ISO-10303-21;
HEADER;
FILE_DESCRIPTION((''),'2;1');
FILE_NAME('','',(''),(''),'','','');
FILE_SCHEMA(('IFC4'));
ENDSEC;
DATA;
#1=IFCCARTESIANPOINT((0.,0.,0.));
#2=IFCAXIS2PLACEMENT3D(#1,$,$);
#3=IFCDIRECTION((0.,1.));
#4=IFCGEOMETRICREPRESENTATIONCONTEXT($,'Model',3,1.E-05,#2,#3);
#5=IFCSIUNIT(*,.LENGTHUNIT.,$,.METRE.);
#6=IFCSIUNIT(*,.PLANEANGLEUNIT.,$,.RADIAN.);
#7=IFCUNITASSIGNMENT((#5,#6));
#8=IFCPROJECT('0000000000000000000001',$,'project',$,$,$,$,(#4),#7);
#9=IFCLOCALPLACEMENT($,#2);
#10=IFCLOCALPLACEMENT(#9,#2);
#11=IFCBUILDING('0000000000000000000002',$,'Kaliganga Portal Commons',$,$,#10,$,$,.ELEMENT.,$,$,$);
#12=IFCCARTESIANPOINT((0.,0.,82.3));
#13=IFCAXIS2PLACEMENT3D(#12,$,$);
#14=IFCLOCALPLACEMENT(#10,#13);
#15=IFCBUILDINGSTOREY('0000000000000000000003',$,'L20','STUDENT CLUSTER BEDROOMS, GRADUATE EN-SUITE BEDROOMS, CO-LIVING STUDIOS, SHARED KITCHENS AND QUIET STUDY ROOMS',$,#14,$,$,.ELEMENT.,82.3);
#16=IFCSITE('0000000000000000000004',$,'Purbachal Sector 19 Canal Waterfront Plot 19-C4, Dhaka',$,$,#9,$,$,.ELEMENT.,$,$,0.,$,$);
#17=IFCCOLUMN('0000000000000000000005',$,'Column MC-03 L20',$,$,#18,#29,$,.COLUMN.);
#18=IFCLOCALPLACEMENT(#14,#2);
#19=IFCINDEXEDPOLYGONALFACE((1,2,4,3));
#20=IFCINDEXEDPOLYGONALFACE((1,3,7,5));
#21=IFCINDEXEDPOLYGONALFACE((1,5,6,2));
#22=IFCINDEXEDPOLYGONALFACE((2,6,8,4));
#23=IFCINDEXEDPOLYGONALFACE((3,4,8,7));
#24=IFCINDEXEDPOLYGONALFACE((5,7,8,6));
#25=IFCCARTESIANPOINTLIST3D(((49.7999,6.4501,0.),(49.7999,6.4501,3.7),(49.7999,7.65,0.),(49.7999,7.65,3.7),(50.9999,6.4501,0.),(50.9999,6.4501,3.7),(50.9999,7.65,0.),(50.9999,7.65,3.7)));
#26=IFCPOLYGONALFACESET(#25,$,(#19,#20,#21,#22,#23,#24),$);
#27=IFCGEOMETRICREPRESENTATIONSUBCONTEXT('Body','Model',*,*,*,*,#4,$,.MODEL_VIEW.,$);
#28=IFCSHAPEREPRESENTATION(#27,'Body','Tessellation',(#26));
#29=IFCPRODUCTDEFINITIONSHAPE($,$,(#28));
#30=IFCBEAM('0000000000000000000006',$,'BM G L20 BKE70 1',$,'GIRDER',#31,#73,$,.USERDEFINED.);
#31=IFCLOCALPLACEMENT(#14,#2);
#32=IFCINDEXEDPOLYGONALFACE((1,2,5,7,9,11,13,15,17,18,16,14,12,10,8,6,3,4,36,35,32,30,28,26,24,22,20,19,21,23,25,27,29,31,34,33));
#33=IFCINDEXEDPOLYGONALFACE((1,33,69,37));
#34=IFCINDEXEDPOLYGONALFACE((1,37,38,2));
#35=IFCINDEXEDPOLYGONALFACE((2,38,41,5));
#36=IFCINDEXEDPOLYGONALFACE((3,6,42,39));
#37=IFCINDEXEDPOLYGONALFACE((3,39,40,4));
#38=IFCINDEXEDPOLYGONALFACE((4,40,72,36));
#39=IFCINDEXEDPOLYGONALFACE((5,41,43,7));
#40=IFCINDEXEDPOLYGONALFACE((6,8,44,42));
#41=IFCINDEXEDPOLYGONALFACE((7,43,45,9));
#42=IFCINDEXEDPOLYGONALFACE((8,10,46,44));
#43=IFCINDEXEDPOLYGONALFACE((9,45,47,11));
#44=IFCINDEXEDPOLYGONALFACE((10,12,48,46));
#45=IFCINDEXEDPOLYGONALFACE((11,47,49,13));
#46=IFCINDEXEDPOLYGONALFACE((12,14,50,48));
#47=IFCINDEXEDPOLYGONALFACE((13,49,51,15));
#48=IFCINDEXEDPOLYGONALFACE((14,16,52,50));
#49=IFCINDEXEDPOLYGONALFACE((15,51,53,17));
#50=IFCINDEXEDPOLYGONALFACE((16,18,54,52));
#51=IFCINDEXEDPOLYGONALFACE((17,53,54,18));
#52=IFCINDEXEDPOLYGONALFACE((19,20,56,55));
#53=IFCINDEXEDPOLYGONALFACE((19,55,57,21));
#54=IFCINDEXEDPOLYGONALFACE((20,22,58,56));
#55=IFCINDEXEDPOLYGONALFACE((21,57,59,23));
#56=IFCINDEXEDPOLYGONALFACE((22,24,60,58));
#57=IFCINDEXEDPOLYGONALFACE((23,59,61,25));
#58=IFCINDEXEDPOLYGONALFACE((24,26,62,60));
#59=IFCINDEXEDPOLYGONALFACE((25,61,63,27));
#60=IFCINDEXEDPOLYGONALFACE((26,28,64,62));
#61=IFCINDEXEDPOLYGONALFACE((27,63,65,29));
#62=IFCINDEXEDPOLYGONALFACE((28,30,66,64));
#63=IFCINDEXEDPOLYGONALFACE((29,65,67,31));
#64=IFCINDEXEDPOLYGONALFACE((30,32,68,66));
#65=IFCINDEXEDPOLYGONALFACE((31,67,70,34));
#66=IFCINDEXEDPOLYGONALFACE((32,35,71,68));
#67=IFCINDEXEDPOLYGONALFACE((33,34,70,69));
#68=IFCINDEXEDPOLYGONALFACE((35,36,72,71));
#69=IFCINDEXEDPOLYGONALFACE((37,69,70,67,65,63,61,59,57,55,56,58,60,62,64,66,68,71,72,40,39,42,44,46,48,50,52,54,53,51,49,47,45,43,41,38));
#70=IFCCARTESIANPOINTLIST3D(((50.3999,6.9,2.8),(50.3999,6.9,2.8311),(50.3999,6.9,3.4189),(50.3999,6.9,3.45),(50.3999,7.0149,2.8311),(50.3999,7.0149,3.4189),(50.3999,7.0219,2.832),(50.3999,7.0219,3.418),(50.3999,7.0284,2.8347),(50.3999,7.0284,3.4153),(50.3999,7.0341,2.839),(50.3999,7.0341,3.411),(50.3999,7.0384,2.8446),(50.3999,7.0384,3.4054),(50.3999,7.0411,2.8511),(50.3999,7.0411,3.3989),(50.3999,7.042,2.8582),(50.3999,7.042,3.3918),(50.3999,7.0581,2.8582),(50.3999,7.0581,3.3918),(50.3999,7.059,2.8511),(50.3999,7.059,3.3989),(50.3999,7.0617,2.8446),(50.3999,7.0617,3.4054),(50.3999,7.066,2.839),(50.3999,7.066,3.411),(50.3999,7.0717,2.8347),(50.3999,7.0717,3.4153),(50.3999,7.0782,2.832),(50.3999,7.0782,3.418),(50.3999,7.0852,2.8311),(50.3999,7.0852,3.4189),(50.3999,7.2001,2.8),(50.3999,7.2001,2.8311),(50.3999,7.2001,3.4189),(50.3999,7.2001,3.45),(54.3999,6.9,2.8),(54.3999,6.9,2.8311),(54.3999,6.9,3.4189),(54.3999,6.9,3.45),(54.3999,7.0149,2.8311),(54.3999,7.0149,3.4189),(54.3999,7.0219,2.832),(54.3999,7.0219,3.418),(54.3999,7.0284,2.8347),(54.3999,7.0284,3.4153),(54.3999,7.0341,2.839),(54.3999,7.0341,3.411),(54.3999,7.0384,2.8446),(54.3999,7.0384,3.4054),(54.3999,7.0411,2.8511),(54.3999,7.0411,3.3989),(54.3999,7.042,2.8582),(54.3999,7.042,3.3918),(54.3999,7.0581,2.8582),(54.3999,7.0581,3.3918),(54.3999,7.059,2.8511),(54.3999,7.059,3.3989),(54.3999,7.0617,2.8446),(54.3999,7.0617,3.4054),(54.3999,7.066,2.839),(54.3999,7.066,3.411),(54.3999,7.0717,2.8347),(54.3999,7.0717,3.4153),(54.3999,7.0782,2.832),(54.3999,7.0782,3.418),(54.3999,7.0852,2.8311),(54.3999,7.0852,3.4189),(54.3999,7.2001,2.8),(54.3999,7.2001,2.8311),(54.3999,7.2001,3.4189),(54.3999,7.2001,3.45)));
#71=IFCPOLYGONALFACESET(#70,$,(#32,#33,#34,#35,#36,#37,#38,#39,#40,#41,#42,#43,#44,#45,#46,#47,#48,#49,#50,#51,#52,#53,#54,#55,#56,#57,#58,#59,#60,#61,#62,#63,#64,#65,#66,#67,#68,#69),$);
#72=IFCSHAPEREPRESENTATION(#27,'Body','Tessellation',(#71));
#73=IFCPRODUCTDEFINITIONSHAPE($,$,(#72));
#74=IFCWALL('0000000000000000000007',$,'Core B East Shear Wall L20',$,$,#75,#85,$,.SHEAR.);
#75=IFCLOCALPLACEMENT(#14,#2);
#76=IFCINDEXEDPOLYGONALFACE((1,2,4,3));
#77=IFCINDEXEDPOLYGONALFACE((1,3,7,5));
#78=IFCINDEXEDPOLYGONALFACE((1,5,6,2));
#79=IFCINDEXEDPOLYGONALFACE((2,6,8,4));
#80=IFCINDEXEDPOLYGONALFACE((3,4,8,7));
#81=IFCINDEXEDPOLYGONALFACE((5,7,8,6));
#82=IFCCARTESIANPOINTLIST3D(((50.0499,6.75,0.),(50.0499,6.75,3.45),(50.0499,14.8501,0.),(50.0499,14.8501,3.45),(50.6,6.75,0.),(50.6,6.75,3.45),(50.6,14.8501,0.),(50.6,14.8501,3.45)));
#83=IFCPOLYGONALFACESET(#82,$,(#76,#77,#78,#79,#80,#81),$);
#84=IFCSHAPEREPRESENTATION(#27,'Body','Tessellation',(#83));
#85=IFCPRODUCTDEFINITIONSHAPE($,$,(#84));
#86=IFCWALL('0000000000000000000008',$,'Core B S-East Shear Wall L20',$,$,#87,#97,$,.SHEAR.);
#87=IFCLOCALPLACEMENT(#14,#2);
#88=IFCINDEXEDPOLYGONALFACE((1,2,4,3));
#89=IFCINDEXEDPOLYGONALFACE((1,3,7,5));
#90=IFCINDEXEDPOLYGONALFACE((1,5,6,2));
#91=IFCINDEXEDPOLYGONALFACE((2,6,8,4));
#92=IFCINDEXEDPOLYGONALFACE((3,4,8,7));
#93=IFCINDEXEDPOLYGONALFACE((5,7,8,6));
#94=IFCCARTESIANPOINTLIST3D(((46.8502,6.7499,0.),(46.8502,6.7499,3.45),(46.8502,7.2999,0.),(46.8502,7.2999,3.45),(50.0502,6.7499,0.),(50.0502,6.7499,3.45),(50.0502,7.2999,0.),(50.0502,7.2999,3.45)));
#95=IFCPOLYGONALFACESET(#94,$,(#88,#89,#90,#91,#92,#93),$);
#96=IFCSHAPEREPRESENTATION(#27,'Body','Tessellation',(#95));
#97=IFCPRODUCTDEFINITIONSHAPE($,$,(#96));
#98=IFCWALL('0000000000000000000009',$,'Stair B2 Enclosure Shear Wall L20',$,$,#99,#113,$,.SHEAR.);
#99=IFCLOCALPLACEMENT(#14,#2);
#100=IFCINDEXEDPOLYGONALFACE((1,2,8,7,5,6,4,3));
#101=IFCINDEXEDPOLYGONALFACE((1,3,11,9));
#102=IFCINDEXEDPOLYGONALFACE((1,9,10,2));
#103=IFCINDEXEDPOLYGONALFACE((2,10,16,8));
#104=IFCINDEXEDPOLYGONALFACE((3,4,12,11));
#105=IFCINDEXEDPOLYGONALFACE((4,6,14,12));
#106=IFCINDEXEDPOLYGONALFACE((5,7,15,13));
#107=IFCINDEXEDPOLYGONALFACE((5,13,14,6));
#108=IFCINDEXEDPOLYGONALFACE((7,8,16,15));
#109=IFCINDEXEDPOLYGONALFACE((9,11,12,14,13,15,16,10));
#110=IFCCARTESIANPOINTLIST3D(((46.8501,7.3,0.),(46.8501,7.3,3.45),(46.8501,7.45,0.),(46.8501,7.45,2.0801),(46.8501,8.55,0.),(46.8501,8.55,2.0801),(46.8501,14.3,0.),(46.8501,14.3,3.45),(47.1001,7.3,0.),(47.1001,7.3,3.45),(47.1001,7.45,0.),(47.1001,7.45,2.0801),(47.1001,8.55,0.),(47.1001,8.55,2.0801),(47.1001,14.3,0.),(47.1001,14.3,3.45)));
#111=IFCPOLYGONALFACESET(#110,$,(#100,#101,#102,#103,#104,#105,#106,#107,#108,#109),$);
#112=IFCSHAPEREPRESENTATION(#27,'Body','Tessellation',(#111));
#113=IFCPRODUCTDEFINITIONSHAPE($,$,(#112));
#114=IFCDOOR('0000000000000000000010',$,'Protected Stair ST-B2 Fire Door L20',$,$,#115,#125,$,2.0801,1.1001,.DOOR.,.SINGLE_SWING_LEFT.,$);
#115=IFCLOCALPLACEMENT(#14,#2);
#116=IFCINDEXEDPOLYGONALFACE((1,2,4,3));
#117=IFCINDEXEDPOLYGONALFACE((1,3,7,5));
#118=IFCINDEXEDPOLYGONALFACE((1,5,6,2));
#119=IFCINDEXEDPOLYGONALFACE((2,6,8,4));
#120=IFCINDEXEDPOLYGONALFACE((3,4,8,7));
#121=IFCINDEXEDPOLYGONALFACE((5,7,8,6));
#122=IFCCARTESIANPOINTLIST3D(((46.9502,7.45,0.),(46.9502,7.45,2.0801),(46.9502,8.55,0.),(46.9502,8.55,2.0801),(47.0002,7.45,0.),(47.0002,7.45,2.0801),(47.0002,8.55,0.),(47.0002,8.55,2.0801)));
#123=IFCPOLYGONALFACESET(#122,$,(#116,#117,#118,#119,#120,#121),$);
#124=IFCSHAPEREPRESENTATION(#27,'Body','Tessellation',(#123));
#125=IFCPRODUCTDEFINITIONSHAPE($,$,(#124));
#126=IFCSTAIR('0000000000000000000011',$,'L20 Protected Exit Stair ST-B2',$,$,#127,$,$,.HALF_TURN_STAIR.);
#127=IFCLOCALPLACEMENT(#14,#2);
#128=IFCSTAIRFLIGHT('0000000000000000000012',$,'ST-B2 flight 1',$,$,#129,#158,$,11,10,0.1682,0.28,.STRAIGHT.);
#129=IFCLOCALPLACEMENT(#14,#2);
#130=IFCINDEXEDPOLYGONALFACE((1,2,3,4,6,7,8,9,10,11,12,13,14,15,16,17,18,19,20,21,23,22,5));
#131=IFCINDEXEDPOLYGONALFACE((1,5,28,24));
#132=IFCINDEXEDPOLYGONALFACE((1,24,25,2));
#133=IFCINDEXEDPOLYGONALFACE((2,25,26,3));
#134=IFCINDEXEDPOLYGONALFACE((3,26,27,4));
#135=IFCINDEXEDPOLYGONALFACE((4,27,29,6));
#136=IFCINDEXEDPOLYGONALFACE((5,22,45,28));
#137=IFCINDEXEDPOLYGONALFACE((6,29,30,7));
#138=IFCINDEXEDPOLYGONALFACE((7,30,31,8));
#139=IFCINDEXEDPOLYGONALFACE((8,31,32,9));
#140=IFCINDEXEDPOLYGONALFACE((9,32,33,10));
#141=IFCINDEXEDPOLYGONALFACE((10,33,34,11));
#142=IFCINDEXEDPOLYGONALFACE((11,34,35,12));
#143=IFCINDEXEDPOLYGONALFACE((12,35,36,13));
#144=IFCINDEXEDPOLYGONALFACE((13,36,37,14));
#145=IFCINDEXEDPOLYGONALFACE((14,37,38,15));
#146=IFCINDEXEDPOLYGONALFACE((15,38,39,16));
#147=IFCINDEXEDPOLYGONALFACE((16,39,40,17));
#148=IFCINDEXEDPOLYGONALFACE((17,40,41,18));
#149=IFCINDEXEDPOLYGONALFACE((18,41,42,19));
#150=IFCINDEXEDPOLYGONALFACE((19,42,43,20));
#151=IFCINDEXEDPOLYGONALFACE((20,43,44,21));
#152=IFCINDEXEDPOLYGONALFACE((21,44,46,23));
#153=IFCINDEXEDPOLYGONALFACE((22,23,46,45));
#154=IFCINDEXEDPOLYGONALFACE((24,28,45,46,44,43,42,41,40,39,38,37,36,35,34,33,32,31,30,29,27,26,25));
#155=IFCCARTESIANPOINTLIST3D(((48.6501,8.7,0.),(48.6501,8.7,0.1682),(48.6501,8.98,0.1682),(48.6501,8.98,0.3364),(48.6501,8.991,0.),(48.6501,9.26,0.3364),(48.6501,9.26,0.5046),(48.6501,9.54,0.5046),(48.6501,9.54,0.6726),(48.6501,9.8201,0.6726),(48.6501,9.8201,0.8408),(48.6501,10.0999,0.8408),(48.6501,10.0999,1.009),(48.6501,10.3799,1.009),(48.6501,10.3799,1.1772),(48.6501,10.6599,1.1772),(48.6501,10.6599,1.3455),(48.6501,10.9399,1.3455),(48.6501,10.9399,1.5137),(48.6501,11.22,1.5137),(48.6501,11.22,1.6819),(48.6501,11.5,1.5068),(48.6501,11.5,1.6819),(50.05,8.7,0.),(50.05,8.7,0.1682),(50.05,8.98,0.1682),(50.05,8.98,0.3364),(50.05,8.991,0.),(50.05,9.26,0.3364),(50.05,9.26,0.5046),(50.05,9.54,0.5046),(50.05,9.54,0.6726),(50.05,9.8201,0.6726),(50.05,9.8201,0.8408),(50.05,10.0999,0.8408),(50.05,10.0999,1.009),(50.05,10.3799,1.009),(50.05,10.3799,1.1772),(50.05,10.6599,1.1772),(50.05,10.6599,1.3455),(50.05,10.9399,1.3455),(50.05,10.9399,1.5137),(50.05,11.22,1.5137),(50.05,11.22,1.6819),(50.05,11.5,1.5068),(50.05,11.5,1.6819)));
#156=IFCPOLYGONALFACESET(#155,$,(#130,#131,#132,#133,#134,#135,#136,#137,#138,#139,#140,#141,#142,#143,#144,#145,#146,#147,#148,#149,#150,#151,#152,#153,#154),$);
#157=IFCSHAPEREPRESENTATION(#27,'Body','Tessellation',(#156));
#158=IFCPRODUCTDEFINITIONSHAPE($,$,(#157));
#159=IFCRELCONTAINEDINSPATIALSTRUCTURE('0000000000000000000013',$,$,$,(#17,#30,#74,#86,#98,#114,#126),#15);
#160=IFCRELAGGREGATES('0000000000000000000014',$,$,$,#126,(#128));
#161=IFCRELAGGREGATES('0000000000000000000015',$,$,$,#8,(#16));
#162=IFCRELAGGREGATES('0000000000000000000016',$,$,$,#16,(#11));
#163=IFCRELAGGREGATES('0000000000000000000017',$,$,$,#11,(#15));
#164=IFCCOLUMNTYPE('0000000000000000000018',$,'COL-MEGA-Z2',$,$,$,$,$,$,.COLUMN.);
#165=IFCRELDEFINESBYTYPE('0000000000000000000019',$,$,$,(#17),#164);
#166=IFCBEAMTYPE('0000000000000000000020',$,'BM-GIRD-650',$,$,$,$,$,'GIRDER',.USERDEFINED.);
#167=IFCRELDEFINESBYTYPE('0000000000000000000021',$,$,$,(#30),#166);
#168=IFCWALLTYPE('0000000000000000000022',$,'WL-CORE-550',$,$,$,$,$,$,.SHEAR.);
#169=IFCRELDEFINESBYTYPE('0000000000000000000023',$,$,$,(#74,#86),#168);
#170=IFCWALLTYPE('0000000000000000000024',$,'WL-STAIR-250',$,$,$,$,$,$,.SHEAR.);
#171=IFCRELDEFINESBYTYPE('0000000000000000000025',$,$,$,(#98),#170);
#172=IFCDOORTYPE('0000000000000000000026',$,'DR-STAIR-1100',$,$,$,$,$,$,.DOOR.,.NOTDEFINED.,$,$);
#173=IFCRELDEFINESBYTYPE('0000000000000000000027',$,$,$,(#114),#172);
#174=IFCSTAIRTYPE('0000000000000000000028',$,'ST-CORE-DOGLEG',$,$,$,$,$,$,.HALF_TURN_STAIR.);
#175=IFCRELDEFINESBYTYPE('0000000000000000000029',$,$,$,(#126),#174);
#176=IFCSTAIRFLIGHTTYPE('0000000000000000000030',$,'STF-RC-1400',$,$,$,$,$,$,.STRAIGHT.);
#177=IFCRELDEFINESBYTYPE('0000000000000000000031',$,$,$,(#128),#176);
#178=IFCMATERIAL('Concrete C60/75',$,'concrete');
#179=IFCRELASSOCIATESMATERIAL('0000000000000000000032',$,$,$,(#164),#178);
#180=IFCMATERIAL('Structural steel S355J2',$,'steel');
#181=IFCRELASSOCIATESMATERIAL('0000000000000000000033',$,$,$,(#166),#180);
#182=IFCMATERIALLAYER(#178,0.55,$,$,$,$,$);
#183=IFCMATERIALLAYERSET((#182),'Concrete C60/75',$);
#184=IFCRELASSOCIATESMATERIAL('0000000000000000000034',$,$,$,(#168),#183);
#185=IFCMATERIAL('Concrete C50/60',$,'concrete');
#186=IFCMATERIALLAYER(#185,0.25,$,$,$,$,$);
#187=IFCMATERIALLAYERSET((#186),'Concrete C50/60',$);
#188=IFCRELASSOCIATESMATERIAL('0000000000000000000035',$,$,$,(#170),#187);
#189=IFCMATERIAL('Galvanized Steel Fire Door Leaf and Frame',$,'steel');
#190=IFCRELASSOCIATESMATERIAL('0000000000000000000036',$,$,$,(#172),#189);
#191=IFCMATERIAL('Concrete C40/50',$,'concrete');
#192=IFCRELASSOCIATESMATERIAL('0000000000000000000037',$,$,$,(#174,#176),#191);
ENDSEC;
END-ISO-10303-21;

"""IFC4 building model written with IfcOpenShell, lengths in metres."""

from ifc_helpers import new_model, si_unit, direction, frame, frame_2d, origin, origin_2d, place, context, subcontext, project, spatial, polyline, rectangle, i_section, outline, extrude, source, transform, mapped, material, layer, layer_set, material_profile, profile_set, type_object, element, fill, aggregate, save


model = new_model("IFC4")

# Units and contexts
model_context = context("Model", 3, precision=1e-05, world=origin(), true_north=direction((0.0, 1.0)))
body_context = subcontext(model_context, "Body", "Model", "MODEL_VIEW")
ifc_project = project(units=[si_unit("LENGTHUNIT", "METRE"), si_unit("PLANEANGLEUNIT", "RADIAN")], contexts=[model_context])

# Site, building, storey
site_placement = place(None, origin())
site = spatial("IfcSite", under=ifc_project, at=site_placement, Name="Purbachal Sector 19 Canal Waterfront Plot 19-C4, Dhaka", CompositionType="ELEMENT", RefElevation=0.0)
building_placement = place(site_placement, origin())
building = spatial("IfcBuilding", under=site, at=building_placement, Name="Kaliganga Portal Commons", CompositionType="ELEMENT")
storey_placement = place(building_placement, frame((0.0, 0.0, 82.3)))
storey = spatial("IfcBuildingStorey", under=building, at=storey_placement, Name="L20", Description="STUDENT CLUSTER BEDROOMS, GRADUATE EN-SUITE BEDROOMS, CO-LIVING STUDIOS, SHARED KITCHENS AND QUIET STUDY ROOMS", CompositionType="ELEMENT", Elevation=82.3)

# Column
ifc_material_1 = material(Name="Concrete C60/75", Category="concrete")
ifc_material_profile_1 = material_profile(ifc_material_1, rectangle(XDim=1.2, YDim=1.2, at=origin_2d()), Name="RC 1200x1200")
ifc_profile_set_1 = profile_set([ifc_material_profile_1], Name="Concrete C60/75")
column_type = type_object("IfcColumnType", Name="COL-MEGA-Z2", PredefinedType="COLUMN", material=ifc_profile_set_1)
shared_shape_1 = source(origin(), body_context, "Body", "SweptSolid", [
    extrude(rectangle(XDim=1.2, YDim=1.2, at=origin_2d()), origin(), (0.0, 0.0, 1.0), 3.7),
])
column_placement = place(storey_placement, frame((50.3999, 7.05, 0.0), z_axis=(0.0, 0.0, 1.0), x_axis=(1.0, 0.0, 0.0)))
element("IfcColumn", 1, at=column_placement, inside=storey, type_object=column_type, Name="Column MC-03 L20", PredefinedType="COLUMN", context=body_context, shape_type="MappedRepresentation", body=[
    mapped(shared_shape_1, transform((0.0, 0.0, 0.0), x_axis=(1.0, 0.0, 0.0), y_axis=(0.0, 1.0, 0.0), z_axis=(0.0, 0.0, 1.0), scale=1.0)),
])

# Beam
ifc_material_2 = material(Name="Structural steel S355J2", Category="steel")
ifc_material_profile_2 = material_profile(ifc_material_2, i_section(OverallWidth=0.3, OverallDepth=0.6499, WebThickness=0.0161, FlangeThickness=0.031, FilletRadius=0.0271, at=origin_2d()), Name="HE 650 B")
ifc_profile_set_2 = profile_set([ifc_material_profile_2], Name="Structural steel S355J2 wide-flange")
beam_type = type_object("IfcBeamType", Name="BM-GIRD-650", ElementType="GIRDER", PredefinedType="USERDEFINED", material=ifc_profile_set_2)
shared_shape_2 = source(origin(), body_context, "Body", "SweptSolid", [
    extrude(i_section(OverallWidth=0.3, OverallDepth=0.6499, WebThickness=0.0161, FlangeThickness=0.031, FilletRadius=0.0271, at=origin_2d()), origin(), (0.0, 0.0, 1.0), 4.0),
])
beam_placement = place(storey_placement, frame((50.3999, 7.05, 3.125), z_axis=(1.0, 0.0, 0.0), x_axis=(0.0, 1.0, 0.0)))
element("IfcBeam", 2, at=beam_placement, inside=storey, type_object=beam_type, Name="BM G L20 BKE70 1", ObjectType="GIRDER", PredefinedType="USERDEFINED", context=body_context, shape_type="MappedRepresentation", body=[
    mapped(shared_shape_2, transform((0.0, 0.0, 0.0), x_axis=(1.0, 0.0, 0.0), y_axis=(0.0, 1.0, 0.0), z_axis=(0.0, 0.0, 1.0), scale=1.0)),
])

# Walls
ifc_layer_1 = layer(ifc_material_1, 0.55)
ifc_layer_set_1 = layer_set([ifc_layer_1], Name="Concrete C60/75")
wall_type_1 = type_object("IfcWallType", Name="WL-CORE-550", PredefinedType="SHEAR", material=ifc_layer_set_1)
wall_1_placement = place(storey_placement, frame((50.325, 6.75, 0.0), z_axis=(0.0, 0.0, 1.0), x_axis=(0.0, 1.0, 0.0)))
element("IfcWall", 3, at=wall_1_placement, inside=storey, type_object=wall_type_1, Name="Core B East Shear Wall L20", PredefinedType="SHEAR", context=body_context, shape_type="SweptSolid", body=[
    extrude(rectangle(XDim=8.1001, YDim=0.55, at=frame_2d((4.05, 0.0))), origin(), (0.0, 0.0, 1.0), 3.45),
])
wall_2_placement = place(storey_placement, frame((46.8501, 7.0249, 0.0), z_axis=(0.0, 0.0, 1.0), x_axis=(1.0, 0.0, 0.0)))
element("IfcWall", 4, at=wall_2_placement, inside=storey, type_object=wall_type_1, Name="Core B S-East Shear Wall L20", PredefinedType="SHEAR", context=body_context, shape_type="SweptSolid", body=[
    extrude(rectangle(XDim=3.2, YDim=0.55, at=frame_2d((1.6001, 0.0))), origin(), (0.0, 0.0, 1.0), 3.45),
])

# Wall, opening, door
ifc_material_3 = material(Name="Concrete C50/60", Category="concrete")
ifc_layer_2 = layer(ifc_material_3, 0.25)
ifc_layer_set_2 = layer_set([ifc_layer_2], Name="Concrete C50/60")
wall_type_2 = type_object("IfcWallType", Name="WL-STAIR-250", PredefinedType="SHEAR", material=ifc_layer_set_2)
wall_3_placement = place(storey_placement, frame((46.9751, 7.3, 0.0), z_axis=(0.0, 0.0, 1.0), x_axis=(0.0, 1.0, 0.0)))
wall_3 = element("IfcWall", 5, at=wall_3_placement, inside=storey, type_object=wall_type_2, Name="Stair B2 Enclosure Shear Wall L20", PredefinedType="SHEAR", context=body_context, shape_type="SweptSolid", body=[
    extrude(rectangle(XDim=7.0, YDim=0.25, at=frame_2d((3.5, 0.0))), origin(), (0.0, 0.0, 1.0), 3.45),
])
opening_placement = place(wall_3_placement, frame((0.1499, 0.0, 0.0)))
opening = element("IfcOpeningElement", 6, at=opening_placement, cuts=wall_3, PredefinedType="OPENING", context=body_context, shape_type="SweptSolid", body=[
    extrude(rectangle(XDim=1.1001, YDim=2.0801, at=frame_2d((0.55, 1.04))), frame((0.0, 0.135, 0.0), z_axis=(0.0, -1.0, 0.0), x_axis=(1.0, 0.0, 0.0)), (0.0, 0.0, 1.0), 0.27),
])
ifc_material_4 = material(Name="Galvanized Steel Fire Door Leaf and Frame", Category="steel")
door_type = type_object("IfcDoorType", Name="DR-STAIR-1100", OperationType="NOTDEFINED", PredefinedType="DOOR", material=ifc_material_4)
door_placement = place(opening_placement, origin())
door = element("IfcDoor", 7, at=door_placement, inside=storey, type_object=door_type, Name="Protected Stair ST-B2 Fire Door L20", OperationType="SINGLE_SWING_LEFT", OverallHeight=2.0801, OverallWidth=1.1001, PredefinedType="DOOR", context=body_context, shape_type="SweptSolid", body=[
    extrude(rectangle(XDim=1.1001, YDim=2.0801, at=frame_2d((0.55, 1.04))), frame((0.0, 0.0249, 0.0), z_axis=(0.0, -1.0, 0.0), x_axis=(1.0, 0.0, 0.0)), (0.0, 0.0, 1.0), 0.05),
])
fill(opening, door)

# Stair, stair flight
ifc_material_5 = material(Name="Concrete C40/50", Category="concrete")
stair_type = type_object("IfcStairType", Name="ST-CORE-DOGLEG", PredefinedType="HALF_TURN_STAIR", material=ifc_material_5)
stair_placement = place(storey_placement, origin())
stair = element("IfcStair", 8, at=stair_placement, inside=storey, type_object=stair_type, Name="L20 Protected Exit Stair ST-B2", PredefinedType="HALF_TURN_STAIR")
stair_flight_type = type_object("IfcStairFlightType", Name="STF-RC-1400", PredefinedType="STRAIGHT", material=ifc_material_5)
stair_flight_1_placement = place(storey_placement, frame((49.3501, 8.7, 0.0), z_axis=(0.0, 0.0, 1.0), x_axis=(0.0, 1.0, 0.0)))
stair_flight_1 = element("IfcStairFlight", 9, at=stair_flight_1_placement, type_object=stair_flight_type, Name="ST-B2 flight 1", NumberOfRisers=11, NumberOfTreads=10, PredefinedType="STRAIGHT", RiserHeight=0.1682, TreadLength=0.28, context=body_context, shape_type="SweptSolid", body=[
    extrude(outline(polyline([(0.0, 0.0), (0.0, 0.1682), (0.28, 0.1682), (0.28, 0.3364), (0.5601, 0.3364), (0.5601, 0.5046), (0.8401, 0.5046), (0.8401, 0.6726), (1.1201, 0.6726), (1.1201, 0.8408), (1.3999, 0.8408), (1.3999, 1.009), (1.6799, 1.009), (1.6799, 1.1772), (1.96, 1.1772), (1.96, 1.3455), (2.24, 1.3455), (2.24, 1.5137), (2.52, 1.5137), (2.52, 1.6819), (2.8, 1.6819), (2.8, 1.8501), (2.8, 1.5068), (0.291, 0.0), (0.0, 0.0)])), frame((0.0, 0.7, 0.0), z_axis=(0.0, -1.0, 0.0), x_axis=(1.0, 0.0, 0.0)), (0.0, 0.0, 1.0), 1.3999),
])
aggregate(stair, [stair_flight_1])

save(model, "model.ifc")
